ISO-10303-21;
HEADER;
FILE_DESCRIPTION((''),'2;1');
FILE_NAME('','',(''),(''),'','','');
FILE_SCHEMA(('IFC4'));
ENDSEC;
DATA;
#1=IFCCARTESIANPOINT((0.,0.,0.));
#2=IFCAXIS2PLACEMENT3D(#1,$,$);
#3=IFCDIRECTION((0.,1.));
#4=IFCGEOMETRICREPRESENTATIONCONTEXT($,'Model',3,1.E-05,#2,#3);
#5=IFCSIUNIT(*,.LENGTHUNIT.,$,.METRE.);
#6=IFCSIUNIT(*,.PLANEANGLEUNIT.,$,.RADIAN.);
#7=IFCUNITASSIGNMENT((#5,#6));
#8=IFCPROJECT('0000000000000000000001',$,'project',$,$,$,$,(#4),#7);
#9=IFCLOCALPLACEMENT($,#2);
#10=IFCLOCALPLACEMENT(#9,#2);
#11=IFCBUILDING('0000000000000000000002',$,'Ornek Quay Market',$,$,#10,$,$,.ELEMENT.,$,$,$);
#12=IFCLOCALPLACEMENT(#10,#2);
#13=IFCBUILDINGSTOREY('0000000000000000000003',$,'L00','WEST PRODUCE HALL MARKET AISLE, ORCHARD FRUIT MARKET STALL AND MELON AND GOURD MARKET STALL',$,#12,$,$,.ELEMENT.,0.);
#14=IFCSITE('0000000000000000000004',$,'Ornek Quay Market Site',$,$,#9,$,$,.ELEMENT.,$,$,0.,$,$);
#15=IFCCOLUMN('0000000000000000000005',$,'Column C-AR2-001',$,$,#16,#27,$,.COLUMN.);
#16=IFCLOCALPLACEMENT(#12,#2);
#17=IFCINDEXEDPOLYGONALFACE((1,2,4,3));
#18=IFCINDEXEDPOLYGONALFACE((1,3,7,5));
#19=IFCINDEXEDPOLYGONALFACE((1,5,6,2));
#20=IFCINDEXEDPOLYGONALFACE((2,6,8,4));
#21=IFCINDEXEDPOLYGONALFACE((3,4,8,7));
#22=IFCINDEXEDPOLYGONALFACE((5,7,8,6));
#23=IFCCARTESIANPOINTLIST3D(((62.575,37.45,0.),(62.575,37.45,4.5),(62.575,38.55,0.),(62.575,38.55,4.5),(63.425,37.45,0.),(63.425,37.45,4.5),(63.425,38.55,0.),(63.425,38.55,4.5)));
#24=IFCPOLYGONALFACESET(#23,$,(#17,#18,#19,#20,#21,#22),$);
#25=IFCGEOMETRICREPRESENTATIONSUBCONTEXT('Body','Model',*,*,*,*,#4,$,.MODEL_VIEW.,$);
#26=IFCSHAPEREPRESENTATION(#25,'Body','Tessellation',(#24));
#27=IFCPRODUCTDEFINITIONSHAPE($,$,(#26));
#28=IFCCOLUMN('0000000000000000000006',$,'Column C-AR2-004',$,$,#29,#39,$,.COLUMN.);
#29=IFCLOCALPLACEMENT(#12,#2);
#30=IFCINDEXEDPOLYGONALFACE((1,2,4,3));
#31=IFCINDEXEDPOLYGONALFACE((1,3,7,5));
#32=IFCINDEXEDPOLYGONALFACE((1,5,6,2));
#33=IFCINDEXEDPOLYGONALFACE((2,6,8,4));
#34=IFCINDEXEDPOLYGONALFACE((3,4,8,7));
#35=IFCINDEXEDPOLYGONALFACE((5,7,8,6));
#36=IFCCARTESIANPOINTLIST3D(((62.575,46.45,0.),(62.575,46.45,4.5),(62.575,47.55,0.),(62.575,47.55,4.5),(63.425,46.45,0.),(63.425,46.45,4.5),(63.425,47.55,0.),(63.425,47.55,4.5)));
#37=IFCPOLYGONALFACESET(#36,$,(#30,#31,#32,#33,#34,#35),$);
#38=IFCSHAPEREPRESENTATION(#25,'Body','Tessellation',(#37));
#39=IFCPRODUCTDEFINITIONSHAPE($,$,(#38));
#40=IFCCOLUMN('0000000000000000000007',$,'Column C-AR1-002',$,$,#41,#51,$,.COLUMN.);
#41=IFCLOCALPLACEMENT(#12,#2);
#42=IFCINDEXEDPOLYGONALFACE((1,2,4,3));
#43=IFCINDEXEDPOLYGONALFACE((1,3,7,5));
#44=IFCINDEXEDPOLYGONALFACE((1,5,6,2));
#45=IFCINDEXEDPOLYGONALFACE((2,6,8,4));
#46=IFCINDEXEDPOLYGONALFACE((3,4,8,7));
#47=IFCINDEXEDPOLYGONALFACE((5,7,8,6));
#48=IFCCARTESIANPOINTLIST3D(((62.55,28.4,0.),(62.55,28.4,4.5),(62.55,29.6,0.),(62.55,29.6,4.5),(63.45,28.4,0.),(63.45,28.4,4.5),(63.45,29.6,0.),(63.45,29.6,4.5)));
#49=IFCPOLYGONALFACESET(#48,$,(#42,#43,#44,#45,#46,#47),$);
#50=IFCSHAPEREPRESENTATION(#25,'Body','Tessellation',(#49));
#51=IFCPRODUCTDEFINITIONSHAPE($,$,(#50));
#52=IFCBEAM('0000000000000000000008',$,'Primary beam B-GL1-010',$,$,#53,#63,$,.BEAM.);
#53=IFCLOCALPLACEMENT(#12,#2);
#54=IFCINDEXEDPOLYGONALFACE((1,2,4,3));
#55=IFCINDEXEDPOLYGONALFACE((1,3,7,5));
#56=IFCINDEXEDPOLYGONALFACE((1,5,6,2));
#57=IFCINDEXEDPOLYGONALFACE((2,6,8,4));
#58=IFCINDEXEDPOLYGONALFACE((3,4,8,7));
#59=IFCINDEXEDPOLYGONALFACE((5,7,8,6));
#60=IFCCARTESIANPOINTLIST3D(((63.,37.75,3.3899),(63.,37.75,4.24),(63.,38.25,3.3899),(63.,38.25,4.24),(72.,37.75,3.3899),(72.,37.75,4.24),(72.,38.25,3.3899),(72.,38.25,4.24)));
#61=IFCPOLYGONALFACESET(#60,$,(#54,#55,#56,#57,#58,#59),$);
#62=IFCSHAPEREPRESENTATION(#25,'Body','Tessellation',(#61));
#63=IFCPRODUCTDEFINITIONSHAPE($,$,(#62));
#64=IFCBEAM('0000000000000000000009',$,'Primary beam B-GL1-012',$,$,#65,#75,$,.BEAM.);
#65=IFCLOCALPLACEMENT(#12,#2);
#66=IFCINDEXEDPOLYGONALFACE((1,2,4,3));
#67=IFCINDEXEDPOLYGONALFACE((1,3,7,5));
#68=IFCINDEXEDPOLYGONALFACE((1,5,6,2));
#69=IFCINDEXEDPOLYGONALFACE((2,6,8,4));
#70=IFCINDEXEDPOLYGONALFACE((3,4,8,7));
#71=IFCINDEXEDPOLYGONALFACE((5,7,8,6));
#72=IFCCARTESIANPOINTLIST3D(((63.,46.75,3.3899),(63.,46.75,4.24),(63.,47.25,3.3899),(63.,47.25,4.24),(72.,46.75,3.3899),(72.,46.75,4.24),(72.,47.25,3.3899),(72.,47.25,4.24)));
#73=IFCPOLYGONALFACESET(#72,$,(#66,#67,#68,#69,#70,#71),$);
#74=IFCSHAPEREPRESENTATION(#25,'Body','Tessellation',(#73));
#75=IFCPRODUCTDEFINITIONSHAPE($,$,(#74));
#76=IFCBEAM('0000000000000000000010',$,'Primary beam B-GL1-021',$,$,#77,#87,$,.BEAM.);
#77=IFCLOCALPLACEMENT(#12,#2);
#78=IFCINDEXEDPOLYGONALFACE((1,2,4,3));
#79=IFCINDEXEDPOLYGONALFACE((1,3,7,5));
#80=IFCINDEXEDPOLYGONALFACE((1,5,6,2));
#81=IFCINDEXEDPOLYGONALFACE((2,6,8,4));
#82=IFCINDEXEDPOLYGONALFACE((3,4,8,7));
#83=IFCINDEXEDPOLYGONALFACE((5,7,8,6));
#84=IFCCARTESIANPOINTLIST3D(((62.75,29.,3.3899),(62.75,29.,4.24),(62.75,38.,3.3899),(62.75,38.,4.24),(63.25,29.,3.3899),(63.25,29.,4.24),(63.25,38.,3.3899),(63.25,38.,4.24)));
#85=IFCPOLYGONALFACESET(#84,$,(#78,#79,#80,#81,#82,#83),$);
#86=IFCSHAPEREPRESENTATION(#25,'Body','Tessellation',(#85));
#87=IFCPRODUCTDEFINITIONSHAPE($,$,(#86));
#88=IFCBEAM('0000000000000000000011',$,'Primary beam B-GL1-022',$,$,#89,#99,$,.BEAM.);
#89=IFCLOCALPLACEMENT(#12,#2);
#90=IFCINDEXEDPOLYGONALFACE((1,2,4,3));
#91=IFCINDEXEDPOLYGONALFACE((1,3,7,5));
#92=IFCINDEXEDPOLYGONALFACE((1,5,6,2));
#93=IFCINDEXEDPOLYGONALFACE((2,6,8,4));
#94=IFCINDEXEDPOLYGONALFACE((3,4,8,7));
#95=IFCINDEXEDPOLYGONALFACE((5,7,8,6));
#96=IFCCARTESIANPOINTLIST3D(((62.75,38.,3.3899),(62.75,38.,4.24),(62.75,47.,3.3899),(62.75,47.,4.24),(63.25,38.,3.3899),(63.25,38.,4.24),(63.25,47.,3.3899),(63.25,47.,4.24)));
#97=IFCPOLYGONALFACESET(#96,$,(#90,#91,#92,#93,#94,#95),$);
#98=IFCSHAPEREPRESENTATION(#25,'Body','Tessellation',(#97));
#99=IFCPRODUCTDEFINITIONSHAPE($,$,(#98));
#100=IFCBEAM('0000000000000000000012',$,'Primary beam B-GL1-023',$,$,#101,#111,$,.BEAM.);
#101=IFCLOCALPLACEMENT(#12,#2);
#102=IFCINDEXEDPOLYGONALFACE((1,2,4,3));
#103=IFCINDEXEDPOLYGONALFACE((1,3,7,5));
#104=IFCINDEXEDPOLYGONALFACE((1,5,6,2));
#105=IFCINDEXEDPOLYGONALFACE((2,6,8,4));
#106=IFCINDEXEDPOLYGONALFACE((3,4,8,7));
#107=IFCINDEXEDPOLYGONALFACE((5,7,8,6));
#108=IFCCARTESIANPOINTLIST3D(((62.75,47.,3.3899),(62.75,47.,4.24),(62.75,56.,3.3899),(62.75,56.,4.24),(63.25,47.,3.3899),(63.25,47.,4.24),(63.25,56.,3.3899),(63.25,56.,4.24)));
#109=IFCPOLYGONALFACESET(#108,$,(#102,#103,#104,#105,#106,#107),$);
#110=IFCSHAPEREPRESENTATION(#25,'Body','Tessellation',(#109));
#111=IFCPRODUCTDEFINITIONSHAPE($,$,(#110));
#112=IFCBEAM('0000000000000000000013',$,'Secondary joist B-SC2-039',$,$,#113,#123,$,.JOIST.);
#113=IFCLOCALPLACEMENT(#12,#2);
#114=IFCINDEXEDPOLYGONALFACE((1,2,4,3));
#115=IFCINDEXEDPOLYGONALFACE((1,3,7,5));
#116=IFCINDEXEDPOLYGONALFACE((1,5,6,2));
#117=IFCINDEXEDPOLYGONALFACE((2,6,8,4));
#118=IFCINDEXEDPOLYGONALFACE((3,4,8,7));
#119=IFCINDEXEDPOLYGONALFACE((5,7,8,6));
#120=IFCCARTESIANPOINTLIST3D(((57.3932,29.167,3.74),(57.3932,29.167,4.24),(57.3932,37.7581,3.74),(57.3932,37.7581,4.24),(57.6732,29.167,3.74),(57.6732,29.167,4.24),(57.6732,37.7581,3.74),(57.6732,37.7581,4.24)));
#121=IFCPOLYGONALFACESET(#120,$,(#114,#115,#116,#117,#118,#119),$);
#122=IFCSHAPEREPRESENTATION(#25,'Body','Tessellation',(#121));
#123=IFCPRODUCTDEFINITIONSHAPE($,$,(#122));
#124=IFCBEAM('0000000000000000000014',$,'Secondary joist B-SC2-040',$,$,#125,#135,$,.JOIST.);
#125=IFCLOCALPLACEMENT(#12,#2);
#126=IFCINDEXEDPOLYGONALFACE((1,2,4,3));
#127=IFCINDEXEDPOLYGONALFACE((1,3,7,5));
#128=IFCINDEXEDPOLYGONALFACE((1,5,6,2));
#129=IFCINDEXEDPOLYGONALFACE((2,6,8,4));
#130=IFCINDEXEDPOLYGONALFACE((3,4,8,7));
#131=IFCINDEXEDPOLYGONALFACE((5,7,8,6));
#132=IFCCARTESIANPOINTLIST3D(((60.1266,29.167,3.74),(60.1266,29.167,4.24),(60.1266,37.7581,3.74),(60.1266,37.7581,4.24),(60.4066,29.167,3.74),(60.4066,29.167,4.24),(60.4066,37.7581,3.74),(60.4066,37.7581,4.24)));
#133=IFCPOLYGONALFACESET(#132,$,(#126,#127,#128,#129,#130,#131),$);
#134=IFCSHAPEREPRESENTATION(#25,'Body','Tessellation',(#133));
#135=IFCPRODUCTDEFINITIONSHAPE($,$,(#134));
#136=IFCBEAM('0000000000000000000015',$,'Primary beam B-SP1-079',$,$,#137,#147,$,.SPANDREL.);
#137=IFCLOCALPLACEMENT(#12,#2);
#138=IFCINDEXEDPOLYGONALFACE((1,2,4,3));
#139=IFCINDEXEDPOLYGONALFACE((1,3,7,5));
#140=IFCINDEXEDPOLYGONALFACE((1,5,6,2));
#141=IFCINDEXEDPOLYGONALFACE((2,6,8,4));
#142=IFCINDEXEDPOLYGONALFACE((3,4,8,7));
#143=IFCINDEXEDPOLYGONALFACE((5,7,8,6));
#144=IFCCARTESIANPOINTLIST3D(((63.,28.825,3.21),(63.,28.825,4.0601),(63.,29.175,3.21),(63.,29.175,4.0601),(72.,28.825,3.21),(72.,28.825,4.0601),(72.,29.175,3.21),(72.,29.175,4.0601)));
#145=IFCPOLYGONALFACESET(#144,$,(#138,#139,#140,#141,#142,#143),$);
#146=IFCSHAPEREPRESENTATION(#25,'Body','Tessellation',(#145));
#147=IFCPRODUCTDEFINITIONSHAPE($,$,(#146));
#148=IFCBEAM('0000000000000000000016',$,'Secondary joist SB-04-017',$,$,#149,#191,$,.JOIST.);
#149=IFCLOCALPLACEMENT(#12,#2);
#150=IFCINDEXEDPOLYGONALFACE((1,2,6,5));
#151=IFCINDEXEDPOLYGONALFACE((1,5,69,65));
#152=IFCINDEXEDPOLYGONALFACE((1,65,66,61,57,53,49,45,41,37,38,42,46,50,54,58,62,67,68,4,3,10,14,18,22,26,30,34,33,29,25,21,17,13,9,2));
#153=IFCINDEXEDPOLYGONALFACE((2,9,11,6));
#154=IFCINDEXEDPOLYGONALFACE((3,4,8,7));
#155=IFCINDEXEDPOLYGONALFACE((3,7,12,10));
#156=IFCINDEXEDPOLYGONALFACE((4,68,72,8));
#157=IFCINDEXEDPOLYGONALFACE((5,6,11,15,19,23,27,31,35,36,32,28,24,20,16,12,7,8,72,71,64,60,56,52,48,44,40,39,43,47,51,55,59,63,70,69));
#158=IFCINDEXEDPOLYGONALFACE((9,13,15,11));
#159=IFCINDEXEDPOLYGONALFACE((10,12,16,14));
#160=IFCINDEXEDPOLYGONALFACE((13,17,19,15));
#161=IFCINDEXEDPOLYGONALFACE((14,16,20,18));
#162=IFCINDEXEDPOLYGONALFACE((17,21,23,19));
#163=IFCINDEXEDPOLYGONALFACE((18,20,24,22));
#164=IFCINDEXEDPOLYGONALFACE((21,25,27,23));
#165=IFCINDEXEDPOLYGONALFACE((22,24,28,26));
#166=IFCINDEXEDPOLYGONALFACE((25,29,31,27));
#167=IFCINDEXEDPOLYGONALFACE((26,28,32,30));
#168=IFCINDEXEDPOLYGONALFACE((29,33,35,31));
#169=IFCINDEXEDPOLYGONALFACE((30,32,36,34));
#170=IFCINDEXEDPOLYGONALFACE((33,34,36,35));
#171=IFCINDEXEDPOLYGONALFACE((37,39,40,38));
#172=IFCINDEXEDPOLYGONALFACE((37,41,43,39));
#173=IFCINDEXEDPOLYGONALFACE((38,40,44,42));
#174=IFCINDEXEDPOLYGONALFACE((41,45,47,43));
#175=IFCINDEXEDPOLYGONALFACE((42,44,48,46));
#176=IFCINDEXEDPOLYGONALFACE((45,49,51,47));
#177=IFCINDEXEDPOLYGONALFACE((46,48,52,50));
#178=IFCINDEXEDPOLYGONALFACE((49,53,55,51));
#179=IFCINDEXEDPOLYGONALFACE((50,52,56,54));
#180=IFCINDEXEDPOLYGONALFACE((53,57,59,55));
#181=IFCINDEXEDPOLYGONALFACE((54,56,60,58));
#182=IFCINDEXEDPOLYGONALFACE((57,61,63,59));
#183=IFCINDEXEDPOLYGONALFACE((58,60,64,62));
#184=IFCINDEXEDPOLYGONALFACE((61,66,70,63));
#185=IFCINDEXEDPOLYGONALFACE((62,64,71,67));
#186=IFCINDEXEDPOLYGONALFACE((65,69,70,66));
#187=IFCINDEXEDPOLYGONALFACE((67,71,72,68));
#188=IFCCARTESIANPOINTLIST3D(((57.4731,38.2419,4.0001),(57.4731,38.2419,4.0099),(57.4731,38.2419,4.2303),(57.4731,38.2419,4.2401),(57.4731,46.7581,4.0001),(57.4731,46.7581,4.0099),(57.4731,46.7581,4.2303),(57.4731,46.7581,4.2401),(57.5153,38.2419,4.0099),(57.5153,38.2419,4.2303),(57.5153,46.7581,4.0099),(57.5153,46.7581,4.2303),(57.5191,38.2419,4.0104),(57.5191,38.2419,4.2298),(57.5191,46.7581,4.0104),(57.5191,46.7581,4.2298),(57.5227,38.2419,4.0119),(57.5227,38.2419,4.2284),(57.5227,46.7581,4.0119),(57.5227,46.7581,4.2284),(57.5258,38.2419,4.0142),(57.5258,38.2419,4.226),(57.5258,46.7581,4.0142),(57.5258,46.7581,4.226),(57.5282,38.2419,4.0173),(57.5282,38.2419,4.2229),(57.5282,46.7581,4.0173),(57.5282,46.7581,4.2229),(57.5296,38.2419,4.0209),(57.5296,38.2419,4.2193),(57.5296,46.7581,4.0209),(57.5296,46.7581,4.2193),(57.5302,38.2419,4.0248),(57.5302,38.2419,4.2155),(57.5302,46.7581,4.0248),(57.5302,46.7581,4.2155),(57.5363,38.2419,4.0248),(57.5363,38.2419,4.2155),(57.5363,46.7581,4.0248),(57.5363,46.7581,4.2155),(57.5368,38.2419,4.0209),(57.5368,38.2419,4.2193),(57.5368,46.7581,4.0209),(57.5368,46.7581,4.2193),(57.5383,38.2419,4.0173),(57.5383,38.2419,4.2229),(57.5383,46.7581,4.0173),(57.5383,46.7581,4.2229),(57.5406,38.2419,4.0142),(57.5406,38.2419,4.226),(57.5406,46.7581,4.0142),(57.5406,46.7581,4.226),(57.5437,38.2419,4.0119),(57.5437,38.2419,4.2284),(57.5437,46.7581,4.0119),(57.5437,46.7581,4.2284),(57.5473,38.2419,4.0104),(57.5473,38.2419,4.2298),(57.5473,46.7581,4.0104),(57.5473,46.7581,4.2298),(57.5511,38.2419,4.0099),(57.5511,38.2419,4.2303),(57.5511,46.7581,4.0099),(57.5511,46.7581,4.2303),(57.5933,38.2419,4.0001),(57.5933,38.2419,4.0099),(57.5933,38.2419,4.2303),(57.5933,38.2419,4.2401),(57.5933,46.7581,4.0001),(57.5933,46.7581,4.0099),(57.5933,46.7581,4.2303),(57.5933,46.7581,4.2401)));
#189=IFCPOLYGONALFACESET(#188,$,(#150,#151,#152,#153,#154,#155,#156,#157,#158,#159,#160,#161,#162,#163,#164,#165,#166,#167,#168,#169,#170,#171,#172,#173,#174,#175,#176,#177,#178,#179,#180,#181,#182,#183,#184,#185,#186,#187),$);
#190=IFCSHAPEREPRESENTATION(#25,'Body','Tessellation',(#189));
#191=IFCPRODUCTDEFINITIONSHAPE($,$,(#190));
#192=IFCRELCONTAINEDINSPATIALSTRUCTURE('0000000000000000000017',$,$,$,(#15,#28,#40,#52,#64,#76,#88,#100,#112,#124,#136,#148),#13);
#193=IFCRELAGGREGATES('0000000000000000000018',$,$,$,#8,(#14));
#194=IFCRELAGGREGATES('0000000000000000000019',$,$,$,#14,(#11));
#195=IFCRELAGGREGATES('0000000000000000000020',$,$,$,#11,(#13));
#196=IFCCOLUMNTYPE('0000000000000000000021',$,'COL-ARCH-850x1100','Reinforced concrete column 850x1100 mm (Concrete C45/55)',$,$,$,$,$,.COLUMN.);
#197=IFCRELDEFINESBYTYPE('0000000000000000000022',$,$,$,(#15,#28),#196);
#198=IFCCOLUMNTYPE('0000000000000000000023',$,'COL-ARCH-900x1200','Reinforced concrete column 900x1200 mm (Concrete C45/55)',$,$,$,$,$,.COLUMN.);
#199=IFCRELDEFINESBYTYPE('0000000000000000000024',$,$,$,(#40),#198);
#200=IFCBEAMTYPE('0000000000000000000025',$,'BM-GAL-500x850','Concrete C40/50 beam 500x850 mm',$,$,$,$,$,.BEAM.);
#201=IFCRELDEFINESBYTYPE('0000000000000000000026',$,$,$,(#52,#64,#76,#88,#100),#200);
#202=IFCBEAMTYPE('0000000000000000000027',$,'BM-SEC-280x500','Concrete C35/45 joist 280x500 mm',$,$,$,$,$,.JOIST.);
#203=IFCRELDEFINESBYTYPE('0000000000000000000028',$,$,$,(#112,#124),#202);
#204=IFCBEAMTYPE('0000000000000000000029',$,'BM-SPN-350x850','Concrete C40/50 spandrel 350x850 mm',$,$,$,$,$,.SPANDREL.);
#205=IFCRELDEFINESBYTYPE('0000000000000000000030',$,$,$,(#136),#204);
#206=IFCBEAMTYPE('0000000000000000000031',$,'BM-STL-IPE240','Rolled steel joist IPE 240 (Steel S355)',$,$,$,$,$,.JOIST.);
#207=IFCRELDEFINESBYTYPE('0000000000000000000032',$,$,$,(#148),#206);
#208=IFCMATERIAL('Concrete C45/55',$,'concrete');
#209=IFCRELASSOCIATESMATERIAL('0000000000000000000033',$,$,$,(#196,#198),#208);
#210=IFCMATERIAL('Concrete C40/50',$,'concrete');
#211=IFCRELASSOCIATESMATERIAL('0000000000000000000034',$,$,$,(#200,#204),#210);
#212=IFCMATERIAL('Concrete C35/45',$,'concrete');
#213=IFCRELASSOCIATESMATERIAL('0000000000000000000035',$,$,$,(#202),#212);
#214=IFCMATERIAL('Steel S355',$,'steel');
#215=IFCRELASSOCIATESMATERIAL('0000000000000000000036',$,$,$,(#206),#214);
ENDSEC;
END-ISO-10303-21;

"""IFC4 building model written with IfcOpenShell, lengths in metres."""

from ifc_helpers import new_model, si_unit, direction, frame, origin, origin_2d, place, context, subcontext, project, spatial, rectangle, i_section, extrude, material, material_profile, profile_set, type_object, element, save


model = new_model("IFC4")

# Units and contexts
model_context = context("Model", 3, precision=1e-05, world=origin(), true_north=direction((0.0, 1.0)))
body_context = subcontext(model_context, "Body", "Model", "MODEL_VIEW")
ifc_project = project(units=[si_unit("LENGTHUNIT", "METRE"), si_unit("PLANEANGLEUNIT", "RADIAN")], contexts=[model_context])

# Site, building, storey
site_placement = place(None, origin())
site = spatial("IfcSite", under=ifc_project, at=site_placement, Name="Ornek Quay Market Site", CompositionType="ELEMENT", RefElevation=0.0)
building_placement = place(site_placement, origin())
building = spatial("IfcBuilding", under=site, at=building_placement, Name="Ornek Quay Market", CompositionType="ELEMENT")
storey_placement = place(building_placement, origin())
storey = spatial("IfcBuildingStorey", under=building, at=storey_placement, Name="L00", Description="WEST PRODUCE HALL MARKET AISLE, ORCHARD FRUIT MARKET STALL AND MELON AND GOURD MARKET STALL", CompositionType="ELEMENT", Elevation=0.0)

# Columns
ifc_material_1 = material(Name="Concrete C45/55", Category="concrete")
ifc_material_profile_1 = material_profile(ifc_material_1, rectangle(XDim=0.8501, YDim=1.1001, at=origin_2d()), Name="RC 850x1100", Category="concrete")
ifc_profile_set_1 = profile_set([ifc_material_profile_1], Name="Concrete C45/55")
column_type_1 = type_object("IfcColumnType", Name="COL-ARCH-850x1100", Description="Reinforced concrete column 850x1100 mm (Concrete C45/55)", PredefinedType="COLUMN", material=ifc_profile_set_1)
for number, where, z_axis, x_axis, name in (
    (1, (63.0, 38.0, 0.0), (0.0, 0.0, 1.0), (1.0, 0.0, 0.0), "Column C-AR2-001"),
    (2, (63.0, 47.0, 0.0), (0.0, 0.0, 1.0), (1.0, 0.0, 0.0), "Column C-AR2-004"),
):
    element("IfcColumn", number, at=place(storey_placement, frame(where, z_axis=z_axis, x_axis=x_axis)), inside=storey, type_object=column_type_1, Name=name, PredefinedType="COLUMN", context=body_context, shape_type="SweptSolid", body=[
        extrude(rectangle(XDim=0.8501, YDim=1.1001, at=origin_2d()), origin(), (0.0, 0.0, 1.0), 4.5),
    ])
ifc_material_profile_2 = material_profile(ifc_material_1, rectangle(XDim=0.8999, YDim=1.2, at=origin_2d()), Name="RC 900x1200", Category="concrete")
ifc_profile_set_2 = profile_set([ifc_material_profile_2], Name="Concrete C45/55")
column_type_2 = type_object("IfcColumnType", Name="COL-ARCH-900x1200", Description="Reinforced concrete column 900x1200 mm (Concrete C45/55)", PredefinedType="COLUMN", material=ifc_profile_set_2)
column_placement = place(storey_placement, frame((63.0, 29.0, 0.0), z_axis=(0.0, 0.0, 1.0), x_axis=(1.0, 0.0, 0.0)))
element("IfcColumn", 3, at=column_placement, inside=storey, type_object=column_type_2, Name="Column C-AR1-002", PredefinedType="COLUMN", context=body_context, shape_type="SweptSolid", body=[
    extrude(rectangle(XDim=0.8999, YDim=1.2, at=origin_2d()), origin(), (0.0, 0.0, 1.0), 4.5),
])

# Beams
ifc_material_2 = material(Name="Concrete C40/50", Category="concrete")
ifc_material_profile_3 = material_profile(ifc_material_2, rectangle(XDim=0.5, YDim=0.8501, at=origin_2d()), Name="RC 500x850", Category="concrete")
ifc_profile_set_3 = profile_set([ifc_material_profile_3], Name="Concrete C40/50")
beam_type_1 = type_object("IfcBeamType", Name="BM-GAL-500x850", Description="Concrete C40/50 beam 500x850 mm", PredefinedType="BEAM", material=ifc_profile_set_3)
for number, where, z_axis, x_axis, name in (
    (4, (63.0, 38.0, 3.8149), (1.0, 0.0, 0.0), (0.0, 1.0, 0.0), "Primary beam B-GL1-010"),
    (5, (63.0, 47.0, 3.8149), (1.0, 0.0, 0.0), (0.0, 1.0, 0.0), "Primary beam B-GL1-012"),
    (6, (63.0, 29.0, 3.8149), (0.0, 1.0, 0.0), (-1.0, 0.0, 0.0), "Primary beam B-GL1-021"),
    (7, (63.0, 38.0, 3.8149), (0.0, 1.0, 0.0), (-1.0, 0.0, 0.0), "Primary beam B-GL1-022"),
    (8, (63.0, 47.0, 3.8149), (0.0, 1.0, 0.0), (-1.0, 0.0, 0.0), "Primary beam B-GL1-023"),
):
    element("IfcBeam", number, at=place(storey_placement, frame(where, z_axis=z_axis, x_axis=x_axis)), inside=storey, type_object=beam_type_1, Name=name, PredefinedType="BEAM", context=body_context, shape_type="SweptSolid", body=[
        extrude(rectangle(XDim=0.5, YDim=0.8501, at=origin_2d()), origin(), (0.0, 0.0, 1.0), 9.0),
    ])
ifc_material_3 = material(Name="Concrete C35/45", Category="concrete")
ifc_material_profile_4 = material_profile(ifc_material_3, rectangle(XDim=0.28, YDim=0.5, at=origin_2d()), Name="RC 280x500", Category="concrete")
ifc_profile_set_4 = profile_set([ifc_material_profile_4], Name="Concrete C35/45")
beam_type_2 = type_object("IfcBeamType", Name="BM-SEC-280x500", Description="Concrete C35/45 joist 280x500 mm", PredefinedType="JOIST", material=ifc_profile_set_4)
for number, where, z_axis, x_axis, name in (
    (9, (57.5332, 29.167, 3.99), (0.0, 1.0, 0.0), (-1.0, 0.0, 0.0), "Secondary joist B-SC2-039"),
    (10, (60.2666, 29.167, 3.99), (0.0, 1.0, 0.0), (-1.0, 0.0, 0.0), "Secondary joist B-SC2-040"),
):
    element("IfcBeam", number, at=place(storey_placement, frame(where, z_axis=z_axis, x_axis=x_axis)), inside=storey, type_object=beam_type_2, Name=name, PredefinedType="JOIST", context=body_context, shape_type="SweptSolid", body=[
        extrude(rectangle(XDim=0.28, YDim=0.5, at=origin_2d()), origin(), (0.0, 0.0, 1.0), 8.5911),
    ])
ifc_material_profile_5 = material_profile(ifc_material_2, rectangle(XDim=0.3501, YDim=0.8501, at=origin_2d()), Name="RC 350x850", Category="concrete")
ifc_profile_set_5 = profile_set([ifc_material_profile_5], Name="Concrete C40/50")
beam_type_3 = type_object("IfcBeamType", Name="BM-SPN-350x850", Description="Concrete C40/50 spandrel 350x850 mm", PredefinedType="SPANDREL", material=ifc_profile_set_5)
beam_placement = place(storey_placement, frame((63.0, 29.0, 3.635), z_axis=(1.0, 0.0, 0.0), x_axis=(0.0, 1.0, 0.0)))
element("IfcBeam", 11, at=beam_placement, inside=storey, type_object=beam_type_3, Name="Primary beam B-SP1-079", PredefinedType="SPANDREL", context=body_context, shape_type="SweptSolid", body=[
    extrude(rectangle(XDim=0.3501, YDim=0.8501, at=origin_2d()), origin(), (0.0, 0.0, 1.0), 9.0),
])
ifc_material_4 = material(Name="Steel S355", Category="steel")
ifc_material_profile_6 = material_profile(ifc_material_4, i_section(OverallWidth=0.1201, OverallDepth=0.24, WebThickness=0.0061, FlangeThickness=0.0098, FilletRadius=0.0149, at=origin_2d()), Name="IPE 240", Category="steel")
ifc_profile_set_6 = profile_set([ifc_material_profile_6], Name="Steel S355")
beam_type_4 = type_object("IfcBeamType", Name="BM-STL-IPE240", Description="Rolled steel joist IPE 240 (Steel S355)", PredefinedType="JOIST", material=ifc_profile_set_6)
for number, where, z_axis, x_axis, name in (
    (12, (57.5332, 38.2419, 4.1201), (0.0, 1.0, 0.0), (-1.0, 0.0, 0.0), "Secondary joist SB-04-017"),
):
    element("IfcBeam", number, at=place(storey_placement, frame(where, z_axis=z_axis, x_axis=x_axis)), inside=storey, type_object=beam_type_4, Name=name, PredefinedType="JOIST", context=body_context, shape_type="SweptSolid", body=[
        extrude(i_section(OverallWidth=0.1201, OverallDepth=0.24, WebThickness=0.0061, FlangeThickness=0.0098, FilletRadius=0.0149, at=origin_2d()), origin(), (0.0, 0.0, 1.0), 8.5161),
    ])

save(model, "model.ifc")
